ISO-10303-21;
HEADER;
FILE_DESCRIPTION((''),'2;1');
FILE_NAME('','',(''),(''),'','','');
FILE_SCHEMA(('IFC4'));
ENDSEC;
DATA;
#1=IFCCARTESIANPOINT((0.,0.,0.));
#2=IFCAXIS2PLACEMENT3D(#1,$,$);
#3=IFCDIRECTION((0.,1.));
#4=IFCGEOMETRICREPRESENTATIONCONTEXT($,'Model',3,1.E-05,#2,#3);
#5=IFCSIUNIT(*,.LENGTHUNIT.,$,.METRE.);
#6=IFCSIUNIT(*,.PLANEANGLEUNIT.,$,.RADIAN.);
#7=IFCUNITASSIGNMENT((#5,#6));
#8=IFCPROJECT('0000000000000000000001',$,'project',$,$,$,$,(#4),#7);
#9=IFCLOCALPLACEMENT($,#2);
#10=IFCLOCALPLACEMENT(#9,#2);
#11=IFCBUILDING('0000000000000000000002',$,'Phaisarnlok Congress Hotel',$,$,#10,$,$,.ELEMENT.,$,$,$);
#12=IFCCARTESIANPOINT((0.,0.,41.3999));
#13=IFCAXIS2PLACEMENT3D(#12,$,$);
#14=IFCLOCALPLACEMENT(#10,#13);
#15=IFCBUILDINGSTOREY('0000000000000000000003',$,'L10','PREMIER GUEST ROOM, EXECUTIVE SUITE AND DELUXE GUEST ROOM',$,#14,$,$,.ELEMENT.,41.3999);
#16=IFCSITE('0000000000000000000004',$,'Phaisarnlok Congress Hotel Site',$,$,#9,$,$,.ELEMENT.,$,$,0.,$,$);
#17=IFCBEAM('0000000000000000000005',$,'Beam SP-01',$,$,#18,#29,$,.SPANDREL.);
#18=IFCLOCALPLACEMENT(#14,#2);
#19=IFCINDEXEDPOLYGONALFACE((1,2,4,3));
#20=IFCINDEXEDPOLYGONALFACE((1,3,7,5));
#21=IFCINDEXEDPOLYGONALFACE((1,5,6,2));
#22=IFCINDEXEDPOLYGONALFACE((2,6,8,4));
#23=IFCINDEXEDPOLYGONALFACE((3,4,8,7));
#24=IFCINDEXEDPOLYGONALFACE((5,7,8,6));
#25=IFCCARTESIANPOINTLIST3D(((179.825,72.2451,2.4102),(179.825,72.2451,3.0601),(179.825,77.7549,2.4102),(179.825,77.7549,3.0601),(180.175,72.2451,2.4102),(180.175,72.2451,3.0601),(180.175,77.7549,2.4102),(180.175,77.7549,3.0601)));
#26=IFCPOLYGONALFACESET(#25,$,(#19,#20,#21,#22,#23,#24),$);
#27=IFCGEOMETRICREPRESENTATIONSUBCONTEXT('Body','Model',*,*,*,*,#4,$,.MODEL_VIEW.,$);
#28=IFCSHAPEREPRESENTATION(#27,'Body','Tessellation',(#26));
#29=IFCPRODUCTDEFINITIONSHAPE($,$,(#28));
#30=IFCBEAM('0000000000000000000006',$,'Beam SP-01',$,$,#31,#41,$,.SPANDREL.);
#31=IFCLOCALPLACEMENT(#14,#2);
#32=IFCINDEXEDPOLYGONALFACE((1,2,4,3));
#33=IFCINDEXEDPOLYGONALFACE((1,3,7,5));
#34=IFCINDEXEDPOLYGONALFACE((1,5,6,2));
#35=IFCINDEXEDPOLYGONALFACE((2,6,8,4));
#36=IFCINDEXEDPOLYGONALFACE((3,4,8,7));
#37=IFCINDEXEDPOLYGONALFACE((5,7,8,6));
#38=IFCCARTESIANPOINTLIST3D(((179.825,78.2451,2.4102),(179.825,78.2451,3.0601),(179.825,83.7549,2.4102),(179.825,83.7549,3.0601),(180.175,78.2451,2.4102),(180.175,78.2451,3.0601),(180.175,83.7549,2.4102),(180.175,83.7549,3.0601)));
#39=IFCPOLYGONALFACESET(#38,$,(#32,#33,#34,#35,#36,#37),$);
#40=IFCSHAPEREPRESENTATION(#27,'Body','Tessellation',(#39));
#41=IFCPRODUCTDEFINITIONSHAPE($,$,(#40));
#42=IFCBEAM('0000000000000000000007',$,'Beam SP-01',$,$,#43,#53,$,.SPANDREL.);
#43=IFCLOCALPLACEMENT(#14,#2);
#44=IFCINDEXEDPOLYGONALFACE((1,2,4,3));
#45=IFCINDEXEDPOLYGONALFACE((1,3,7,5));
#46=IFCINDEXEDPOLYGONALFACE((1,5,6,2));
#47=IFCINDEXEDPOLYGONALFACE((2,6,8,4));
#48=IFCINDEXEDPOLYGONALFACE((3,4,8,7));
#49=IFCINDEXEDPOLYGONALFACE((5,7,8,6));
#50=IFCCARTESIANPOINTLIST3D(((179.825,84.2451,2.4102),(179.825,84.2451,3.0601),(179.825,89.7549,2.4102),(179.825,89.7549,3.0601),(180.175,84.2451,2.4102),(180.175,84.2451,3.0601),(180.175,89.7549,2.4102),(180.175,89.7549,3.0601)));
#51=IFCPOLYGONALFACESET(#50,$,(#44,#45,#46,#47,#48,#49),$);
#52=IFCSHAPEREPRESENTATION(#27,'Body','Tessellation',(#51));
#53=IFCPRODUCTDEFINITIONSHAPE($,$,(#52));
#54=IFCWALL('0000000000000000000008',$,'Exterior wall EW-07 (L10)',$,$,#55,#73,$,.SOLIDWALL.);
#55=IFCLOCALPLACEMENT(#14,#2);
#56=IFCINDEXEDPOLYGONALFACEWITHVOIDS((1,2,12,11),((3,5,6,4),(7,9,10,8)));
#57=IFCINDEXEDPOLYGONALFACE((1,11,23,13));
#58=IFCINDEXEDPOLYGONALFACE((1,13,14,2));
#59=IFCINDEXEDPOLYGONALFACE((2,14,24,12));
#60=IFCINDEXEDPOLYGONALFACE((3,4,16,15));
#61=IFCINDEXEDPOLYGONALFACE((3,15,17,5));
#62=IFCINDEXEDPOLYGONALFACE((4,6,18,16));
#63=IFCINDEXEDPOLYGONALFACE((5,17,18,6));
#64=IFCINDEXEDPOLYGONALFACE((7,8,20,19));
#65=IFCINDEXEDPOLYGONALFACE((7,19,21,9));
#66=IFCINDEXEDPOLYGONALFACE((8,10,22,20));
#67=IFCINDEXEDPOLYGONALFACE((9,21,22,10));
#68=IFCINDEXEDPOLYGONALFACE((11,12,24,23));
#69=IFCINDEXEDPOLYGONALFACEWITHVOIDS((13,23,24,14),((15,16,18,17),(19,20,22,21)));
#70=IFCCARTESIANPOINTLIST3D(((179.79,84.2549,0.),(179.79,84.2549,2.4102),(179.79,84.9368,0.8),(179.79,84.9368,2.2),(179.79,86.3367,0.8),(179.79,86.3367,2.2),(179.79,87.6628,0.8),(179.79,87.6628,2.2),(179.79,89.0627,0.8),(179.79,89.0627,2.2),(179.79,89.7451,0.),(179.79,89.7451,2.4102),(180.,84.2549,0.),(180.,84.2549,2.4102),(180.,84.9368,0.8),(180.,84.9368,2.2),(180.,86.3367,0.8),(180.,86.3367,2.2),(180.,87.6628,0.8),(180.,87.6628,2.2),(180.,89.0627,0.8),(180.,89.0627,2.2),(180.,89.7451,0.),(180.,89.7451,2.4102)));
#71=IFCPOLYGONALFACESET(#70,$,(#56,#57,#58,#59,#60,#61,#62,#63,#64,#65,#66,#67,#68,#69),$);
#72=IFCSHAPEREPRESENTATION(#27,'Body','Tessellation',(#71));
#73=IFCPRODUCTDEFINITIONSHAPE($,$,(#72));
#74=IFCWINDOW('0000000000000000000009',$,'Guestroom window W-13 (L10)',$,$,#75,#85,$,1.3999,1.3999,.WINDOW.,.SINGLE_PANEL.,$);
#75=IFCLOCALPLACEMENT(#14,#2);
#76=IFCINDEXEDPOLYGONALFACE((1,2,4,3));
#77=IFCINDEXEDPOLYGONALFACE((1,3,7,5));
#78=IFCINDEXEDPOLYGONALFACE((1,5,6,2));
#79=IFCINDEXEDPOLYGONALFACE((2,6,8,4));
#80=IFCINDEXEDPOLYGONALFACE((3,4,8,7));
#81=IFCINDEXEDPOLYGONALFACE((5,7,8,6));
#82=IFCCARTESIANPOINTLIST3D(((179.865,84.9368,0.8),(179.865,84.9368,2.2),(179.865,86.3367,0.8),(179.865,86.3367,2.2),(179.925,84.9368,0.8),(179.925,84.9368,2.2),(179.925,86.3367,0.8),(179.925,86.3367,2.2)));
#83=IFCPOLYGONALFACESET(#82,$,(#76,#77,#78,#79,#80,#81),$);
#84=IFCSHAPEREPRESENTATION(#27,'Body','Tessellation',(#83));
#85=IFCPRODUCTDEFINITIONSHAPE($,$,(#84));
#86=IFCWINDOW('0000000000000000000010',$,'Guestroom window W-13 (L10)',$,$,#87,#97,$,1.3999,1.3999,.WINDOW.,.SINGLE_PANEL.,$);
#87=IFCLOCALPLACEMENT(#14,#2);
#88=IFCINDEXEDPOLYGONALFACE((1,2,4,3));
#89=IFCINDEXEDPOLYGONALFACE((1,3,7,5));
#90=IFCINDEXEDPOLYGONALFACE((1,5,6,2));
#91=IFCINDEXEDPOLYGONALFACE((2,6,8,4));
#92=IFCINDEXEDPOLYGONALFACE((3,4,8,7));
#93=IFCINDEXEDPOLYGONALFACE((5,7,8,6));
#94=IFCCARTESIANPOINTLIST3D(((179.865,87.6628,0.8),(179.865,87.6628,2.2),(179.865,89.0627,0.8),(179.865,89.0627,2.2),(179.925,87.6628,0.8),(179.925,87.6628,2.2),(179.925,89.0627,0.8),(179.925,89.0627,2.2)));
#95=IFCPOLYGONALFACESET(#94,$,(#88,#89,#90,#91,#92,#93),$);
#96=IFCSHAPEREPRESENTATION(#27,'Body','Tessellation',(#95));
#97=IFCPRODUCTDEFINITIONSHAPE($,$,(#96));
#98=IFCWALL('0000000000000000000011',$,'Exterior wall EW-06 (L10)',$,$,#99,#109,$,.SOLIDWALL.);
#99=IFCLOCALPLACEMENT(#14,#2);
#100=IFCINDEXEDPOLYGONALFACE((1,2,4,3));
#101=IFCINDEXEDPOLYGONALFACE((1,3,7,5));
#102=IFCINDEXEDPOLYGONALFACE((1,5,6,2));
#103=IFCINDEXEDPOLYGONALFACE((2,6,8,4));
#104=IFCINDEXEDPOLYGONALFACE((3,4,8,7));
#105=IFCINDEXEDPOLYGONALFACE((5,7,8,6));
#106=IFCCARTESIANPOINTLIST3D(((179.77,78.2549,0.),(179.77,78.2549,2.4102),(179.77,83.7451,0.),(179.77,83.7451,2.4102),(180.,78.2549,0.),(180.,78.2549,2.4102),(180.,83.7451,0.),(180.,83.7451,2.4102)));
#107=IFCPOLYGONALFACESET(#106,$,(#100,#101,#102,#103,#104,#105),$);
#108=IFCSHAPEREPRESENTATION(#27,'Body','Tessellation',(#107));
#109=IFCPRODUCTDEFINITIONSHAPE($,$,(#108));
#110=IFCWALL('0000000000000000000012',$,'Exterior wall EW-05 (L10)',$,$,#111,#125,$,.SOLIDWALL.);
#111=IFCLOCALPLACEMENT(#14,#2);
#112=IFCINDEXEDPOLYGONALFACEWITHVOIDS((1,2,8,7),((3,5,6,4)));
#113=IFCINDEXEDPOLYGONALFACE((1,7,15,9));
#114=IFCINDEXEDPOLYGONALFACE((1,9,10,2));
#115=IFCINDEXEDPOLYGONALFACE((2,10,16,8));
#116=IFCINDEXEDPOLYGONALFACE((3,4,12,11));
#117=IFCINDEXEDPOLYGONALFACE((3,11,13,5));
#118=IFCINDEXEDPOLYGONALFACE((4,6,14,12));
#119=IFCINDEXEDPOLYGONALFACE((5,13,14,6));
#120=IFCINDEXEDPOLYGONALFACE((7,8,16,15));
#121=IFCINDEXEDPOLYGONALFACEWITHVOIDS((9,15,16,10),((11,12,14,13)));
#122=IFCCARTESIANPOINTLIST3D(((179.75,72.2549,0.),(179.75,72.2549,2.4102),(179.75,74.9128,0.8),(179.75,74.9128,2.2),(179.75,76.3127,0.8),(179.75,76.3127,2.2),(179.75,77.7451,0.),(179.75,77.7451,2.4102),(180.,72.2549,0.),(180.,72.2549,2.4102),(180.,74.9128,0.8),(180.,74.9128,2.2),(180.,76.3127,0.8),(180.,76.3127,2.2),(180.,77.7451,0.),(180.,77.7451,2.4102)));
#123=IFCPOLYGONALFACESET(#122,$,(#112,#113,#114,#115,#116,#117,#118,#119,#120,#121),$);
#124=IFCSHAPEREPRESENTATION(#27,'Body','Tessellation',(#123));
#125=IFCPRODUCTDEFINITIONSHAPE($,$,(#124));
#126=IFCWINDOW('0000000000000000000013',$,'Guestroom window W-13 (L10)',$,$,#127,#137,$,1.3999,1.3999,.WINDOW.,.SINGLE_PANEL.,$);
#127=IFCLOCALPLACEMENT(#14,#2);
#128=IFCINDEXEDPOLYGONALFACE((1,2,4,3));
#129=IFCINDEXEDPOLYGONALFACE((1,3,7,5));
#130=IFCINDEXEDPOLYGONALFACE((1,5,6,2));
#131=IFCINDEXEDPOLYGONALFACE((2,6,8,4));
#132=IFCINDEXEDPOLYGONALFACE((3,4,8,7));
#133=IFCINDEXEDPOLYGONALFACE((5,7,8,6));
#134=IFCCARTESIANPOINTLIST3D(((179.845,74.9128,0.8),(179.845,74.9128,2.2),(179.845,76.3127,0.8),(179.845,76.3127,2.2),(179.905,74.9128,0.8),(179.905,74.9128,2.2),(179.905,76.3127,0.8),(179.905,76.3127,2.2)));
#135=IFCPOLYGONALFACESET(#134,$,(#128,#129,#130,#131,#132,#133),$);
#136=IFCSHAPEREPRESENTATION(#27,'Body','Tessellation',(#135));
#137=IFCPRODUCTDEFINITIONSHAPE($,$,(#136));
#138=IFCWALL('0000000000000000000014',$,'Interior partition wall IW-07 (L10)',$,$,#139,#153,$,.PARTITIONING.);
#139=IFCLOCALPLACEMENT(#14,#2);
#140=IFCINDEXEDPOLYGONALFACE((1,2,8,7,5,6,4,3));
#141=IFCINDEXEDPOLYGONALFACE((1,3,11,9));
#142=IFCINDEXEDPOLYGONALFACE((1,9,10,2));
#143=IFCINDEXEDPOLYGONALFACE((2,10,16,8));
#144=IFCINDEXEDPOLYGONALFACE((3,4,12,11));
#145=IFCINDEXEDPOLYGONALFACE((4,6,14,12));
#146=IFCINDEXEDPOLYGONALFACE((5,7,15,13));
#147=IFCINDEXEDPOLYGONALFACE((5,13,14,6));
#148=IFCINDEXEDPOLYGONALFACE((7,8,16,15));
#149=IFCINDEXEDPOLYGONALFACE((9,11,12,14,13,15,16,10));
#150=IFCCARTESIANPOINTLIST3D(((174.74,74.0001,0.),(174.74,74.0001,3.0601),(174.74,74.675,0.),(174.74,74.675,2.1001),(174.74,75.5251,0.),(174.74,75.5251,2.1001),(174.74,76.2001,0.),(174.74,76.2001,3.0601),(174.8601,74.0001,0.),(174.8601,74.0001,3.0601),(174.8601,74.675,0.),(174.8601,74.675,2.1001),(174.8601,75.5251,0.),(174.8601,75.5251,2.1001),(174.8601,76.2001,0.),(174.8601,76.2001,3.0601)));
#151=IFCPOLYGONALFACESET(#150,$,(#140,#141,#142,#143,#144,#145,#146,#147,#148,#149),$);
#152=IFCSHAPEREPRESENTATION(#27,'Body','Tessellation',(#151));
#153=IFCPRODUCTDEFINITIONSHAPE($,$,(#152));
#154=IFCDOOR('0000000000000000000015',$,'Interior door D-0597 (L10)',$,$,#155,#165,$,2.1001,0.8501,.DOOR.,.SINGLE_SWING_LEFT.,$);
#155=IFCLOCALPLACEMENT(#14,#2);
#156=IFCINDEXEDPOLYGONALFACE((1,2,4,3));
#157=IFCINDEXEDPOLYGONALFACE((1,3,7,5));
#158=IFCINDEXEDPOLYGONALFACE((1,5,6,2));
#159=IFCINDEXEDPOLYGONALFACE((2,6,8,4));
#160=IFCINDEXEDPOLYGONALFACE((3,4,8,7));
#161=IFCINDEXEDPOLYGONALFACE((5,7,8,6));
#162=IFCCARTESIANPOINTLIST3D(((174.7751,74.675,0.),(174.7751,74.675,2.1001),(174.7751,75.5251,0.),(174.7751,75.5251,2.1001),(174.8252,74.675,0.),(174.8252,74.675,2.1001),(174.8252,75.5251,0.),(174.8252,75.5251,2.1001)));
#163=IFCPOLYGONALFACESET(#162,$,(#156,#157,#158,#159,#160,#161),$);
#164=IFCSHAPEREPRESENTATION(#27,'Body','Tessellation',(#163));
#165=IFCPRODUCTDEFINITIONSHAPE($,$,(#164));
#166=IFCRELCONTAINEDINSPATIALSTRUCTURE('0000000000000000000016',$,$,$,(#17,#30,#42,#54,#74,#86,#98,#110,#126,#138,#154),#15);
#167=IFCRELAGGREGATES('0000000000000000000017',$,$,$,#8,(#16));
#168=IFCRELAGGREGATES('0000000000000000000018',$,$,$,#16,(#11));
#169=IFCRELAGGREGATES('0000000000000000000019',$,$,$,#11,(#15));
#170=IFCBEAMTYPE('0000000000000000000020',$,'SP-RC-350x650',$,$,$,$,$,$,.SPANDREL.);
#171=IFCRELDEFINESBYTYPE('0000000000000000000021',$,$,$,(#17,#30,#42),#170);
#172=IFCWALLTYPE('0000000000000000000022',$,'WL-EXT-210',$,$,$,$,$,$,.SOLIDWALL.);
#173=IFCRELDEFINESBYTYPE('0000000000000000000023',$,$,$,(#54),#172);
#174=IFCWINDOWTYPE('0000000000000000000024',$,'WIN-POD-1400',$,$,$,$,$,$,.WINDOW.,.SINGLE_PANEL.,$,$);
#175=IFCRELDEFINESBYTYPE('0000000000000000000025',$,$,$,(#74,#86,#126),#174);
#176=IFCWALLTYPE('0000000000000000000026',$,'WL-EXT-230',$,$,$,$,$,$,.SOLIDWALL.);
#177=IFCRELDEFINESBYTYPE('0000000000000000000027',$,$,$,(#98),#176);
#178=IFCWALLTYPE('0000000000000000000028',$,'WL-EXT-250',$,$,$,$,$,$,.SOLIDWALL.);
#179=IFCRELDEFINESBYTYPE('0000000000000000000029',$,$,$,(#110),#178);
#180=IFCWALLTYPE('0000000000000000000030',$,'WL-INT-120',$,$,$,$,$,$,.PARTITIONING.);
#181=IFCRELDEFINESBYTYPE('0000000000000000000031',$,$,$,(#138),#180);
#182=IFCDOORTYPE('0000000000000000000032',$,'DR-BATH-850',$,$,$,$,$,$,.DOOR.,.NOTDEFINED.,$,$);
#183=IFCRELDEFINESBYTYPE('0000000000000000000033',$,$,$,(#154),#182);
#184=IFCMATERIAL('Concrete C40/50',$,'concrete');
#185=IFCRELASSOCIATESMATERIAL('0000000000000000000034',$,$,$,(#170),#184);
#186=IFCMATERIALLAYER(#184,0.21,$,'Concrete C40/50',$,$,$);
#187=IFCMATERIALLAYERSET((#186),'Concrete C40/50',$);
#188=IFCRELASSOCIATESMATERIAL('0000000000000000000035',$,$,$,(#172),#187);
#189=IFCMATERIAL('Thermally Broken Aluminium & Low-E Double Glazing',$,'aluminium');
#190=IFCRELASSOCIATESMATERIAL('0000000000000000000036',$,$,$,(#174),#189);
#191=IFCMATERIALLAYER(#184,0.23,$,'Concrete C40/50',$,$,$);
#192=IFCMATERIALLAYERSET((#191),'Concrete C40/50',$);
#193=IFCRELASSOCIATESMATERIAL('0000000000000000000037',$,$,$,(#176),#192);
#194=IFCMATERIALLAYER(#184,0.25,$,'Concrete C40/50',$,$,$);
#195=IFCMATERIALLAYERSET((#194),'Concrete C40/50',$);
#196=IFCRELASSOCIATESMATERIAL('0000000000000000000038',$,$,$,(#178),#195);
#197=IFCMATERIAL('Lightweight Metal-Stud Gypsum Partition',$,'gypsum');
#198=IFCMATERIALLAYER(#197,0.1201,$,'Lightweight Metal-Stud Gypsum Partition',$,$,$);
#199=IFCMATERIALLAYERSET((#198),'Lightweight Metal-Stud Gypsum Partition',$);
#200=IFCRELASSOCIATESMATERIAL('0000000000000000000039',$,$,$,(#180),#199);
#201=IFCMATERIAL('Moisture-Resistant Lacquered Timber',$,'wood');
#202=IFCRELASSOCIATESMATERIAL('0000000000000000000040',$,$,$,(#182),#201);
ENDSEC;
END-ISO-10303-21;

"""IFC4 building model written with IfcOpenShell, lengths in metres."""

from ifc_helpers import new_model, si_unit, direction, frame, frame_2d, origin, origin_2d, place, context, subcontext, project, spatial, rectangle, extrude, material, layer, layer_set, material_profile, profile_set, type_object, element, fill, save


model = new_model("IFC4")

# Units and contexts
model_context = context("Model", 3, precision=1e-05, world=origin(), true_north=direction((0.0, 1.0)))
body_context = subcontext(model_context, "Body", "Model", "MODEL_VIEW")
ifc_project = project(units=[si_unit("LENGTHUNIT", "METRE"), si_unit("PLANEANGLEUNIT", "RADIAN")], contexts=[model_context])

# Site, building, storey
site_placement = place(None, origin())
site = spatial("IfcSite", under=ifc_project, at=site_placement, Name="Phaisarnlok Congress Hotel Site", CompositionType="ELEMENT", RefElevation=0.0)
building_placement = place(site_placement, origin())
building = spatial("IfcBuilding", under=site, at=building_placement, Name="Phaisarnlok Congress Hotel", CompositionType="ELEMENT")
storey_placement = place(building_placement, frame((0.0, 0.0, 41.3999)))
storey = spatial("IfcBuildingStorey", under=building, at=storey_placement, Name="L10", Description="PREMIER GUEST ROOM, EXECUTIVE SUITE AND DELUXE GUEST ROOM", CompositionType="ELEMENT", Elevation=41.3999)

# Beams
ifc_material_1 = material(Name="Concrete C40/50", Category="concrete")
ifc_material_profile_1 = material_profile(ifc_material_1, rectangle(XDim=0.3501, YDim=0.6499, at=origin_2d()), Name="RC 350x650")
ifc_profile_set_1 = profile_set([ifc_material_profile_1], Name="Concrete C40/50")
beam_type_1 = type_object("IfcBeamType", Name="SP-RC-350x650", PredefinedType="SPANDREL", material=ifc_profile_set_1)
for number, where, z_axis, x_axis, name in (
    (1, (180.0, 72.2451, 2.7351), (0.0, 1.0, 0.0), (-1.0, 0.0, 0.0), "Beam SP-01"),
    (2, (180.0, 78.2451, 2.7351), (0.0, 1.0, 0.0), (-1.0, 0.0, 0.0), "Beam SP-01"),
    (3, (180.0, 84.2451, 2.7351), (0.0, 1.0, 0.0), (-1.0, 0.0, 0.0), "Beam SP-01"),
):
    element("IfcBeam", number, at=place(storey_placement, frame(where, z_axis=z_axis, x_axis=x_axis)), inside=storey, type_object=beam_type_1, Name=name, PredefinedType="SPANDREL", context=body_context, shape_type="SweptSolid", body=[
        extrude(rectangle(XDim=0.3501, YDim=0.6499, at=origin_2d()), origin(), (0.0, 0.0, 1.0), 5.5098),
    ])

# Wall, openings, windows
ifc_layer_1 = layer(ifc_material_1, 0.21, Name="Concrete C40/50")
ifc_layer_set_1 = layer_set([ifc_layer_1], Name="Concrete C40/50")
wall_type_1 = type_object("IfcWallType", Name="WL-EXT-210", PredefinedType="SOLIDWALL", material=ifc_layer_set_1)
wall_1_placement = place(storey_placement, frame((179.895, 84.2549, 0.0), z_axis=(0.0, 0.0, 1.0), x_axis=(0.0, 1.0, 0.0)))
wall_1 = element("IfcWall", 4, at=wall_1_placement, inside=storey, type_object=wall_type_1, Name="Exterior wall EW-07 (L10)", PredefinedType="SOLIDWALL", context=body_context, shape_type="SweptSolid", body=[
    extrude(rectangle(XDim=5.4902, YDim=0.21, at=frame_2d((2.7451, 0.0))), origin(), (0.0, 0.0, 1.0), 2.4102),
])
opening_1_placement = place(wall_1_placement, frame((0.6819, 0.0, 0.8)))
opening_1 = element("IfcOpeningElement", 5, at=opening_1_placement, cuts=wall_1, PredefinedType="OPENING", context=body_context, shape_type="SweptSolid", body=[
    extrude(rectangle(XDim=1.3999, YDim=1.3999, at=frame_2d((0.7, 0.7))), frame((0.0, 0.115, 0.0), z_axis=(0.0, -1.0, 0.0), x_axis=(1.0, 0.0, 0.0)), (0.0, 0.0, 1.0), 0.23),
])
opening_2_placement = place(wall_1_placement, frame((3.408, 0.0, 0.8)))
opening_2 = element("IfcOpeningElement", 6, at=opening_2_placement, cuts=wall_1, PredefinedType="OPENING", context=body_context, shape_type="SweptSolid", body=[
    extrude(rectangle(XDim=1.3999, YDim=1.3999, at=frame_2d((0.7, 0.7))), frame((0.0, 0.115, 0.0), z_axis=(0.0, -1.0, 0.0), x_axis=(1.0, 0.0, 0.0)), (0.0, 0.0, 1.0), 0.23),
])
ifc_material_2 = material(Name="Thermally Broken Aluminium & Low-E Double Glazing", Category="aluminium")
window_type = type_object("IfcWindowType", Name="WIN-POD-1400", PartitioningType="SINGLE_PANEL", PredefinedType="WINDOW", material=ifc_material_2)
window_1_placement = place(opening_1_placement, origin())
window_1 = element("IfcWindow", 7, at=window_1_placement, inside=storey, type_object=window_type, Name="Guestroom window W-13 (L10)", OverallHeight=1.3999, OverallWidth=1.3999, PartitioningType="SINGLE_PANEL", PredefinedType="WINDOW", context=body_context, shape_type="SweptSolid", body=[
    extrude(rectangle(XDim=1.3999, YDim=1.3999, at=frame_2d((0.7, 0.7))), frame((0.0, 0.03, 0.0), z_axis=(0.0, -1.0, 0.0), x_axis=(1.0, 0.0, 0.0)), (0.0, 0.0, 1.0), 0.0601),
])
fill(opening_1, window_1)
window_2_placement = place(opening_2_placement, origin())
window_2 = element("IfcWindow", 8, at=window_2_placement, inside=storey, type_object=window_type, Name="Guestroom window W-13 (L10)", OverallHeight=1.3999, OverallWidth=1.3999, PartitioningType="SINGLE_PANEL", PredefinedType="WINDOW", context=body_context, shape_type="SweptSolid", body=[
    extrude(rectangle(XDim=1.3999, YDim=1.3999, at=frame_2d((0.7, 0.7))), frame((0.0, 0.03, 0.0), z_axis=(0.0, -1.0, 0.0), x_axis=(1.0, 0.0, 0.0)), (0.0, 0.0, 1.0), 0.0601),
])
fill(opening_2, window_2)

# Wall
ifc_layer_2 = layer(ifc_material_1, 0.23, Name="Concrete C40/50")
ifc_layer_set_2 = layer_set([ifc_layer_2], Name="Concrete C40/50")
wall_type_2 = type_object("IfcWallType", Name="WL-EXT-230", PredefinedType="SOLIDWALL", material=ifc_layer_set_2)
wall_2_placement = place(storey_placement, frame((179.885, 78.2549, 0.0), z_axis=(0.0, 0.0, 1.0), x_axis=(0.0, 1.0, 0.0)))
element("IfcWall", 9, at=wall_2_placement, inside=storey, type_object=wall_type_2, Name="Exterior wall EW-06 (L10)", PredefinedType="SOLIDWALL", context=body_context, shape_type="SweptSolid", body=[
    extrude(rectangle(XDim=5.4902, YDim=0.23, at=frame_2d((2.7451, 0.0))), origin(), (0.0, 0.0, 1.0), 2.4102),
])

# Wall, opening, window
ifc_layer_3 = layer(ifc_material_1, 0.25, Name="Concrete C40/50")
ifc_layer_set_3 = layer_set([ifc_layer_3], Name="Concrete C40/50")
wall_type_3 = type_object("IfcWallType", Name="WL-EXT-250", PredefinedType="SOLIDWALL", material=ifc_layer_set_3)
wall_3_placement = place(storey_placement, frame((179.875, 72.2549, 0.0), z_axis=(0.0, 0.0, 1.0), x_axis=(0.0, 1.0, 0.0)))
wall_3 = element("IfcWall", 10, at=wall_3_placement, inside=storey, type_object=wall_type_3, Name="Exterior wall EW-05 (L10)", PredefinedType="SOLIDWALL", context=body_context, shape_type="SweptSolid", body=[
    extrude(rectangle(XDim=5.4902, YDim=0.25, at=frame_2d((2.7451, 0.0))), origin(), (0.0, 0.0, 1.0), 2.4102),
])
opening_3_placement = place(wall_3_placement, frame((2.658, 0.0, 0.8)))
opening_3 = element("IfcOpeningElement", 11, at=opening_3_placement, cuts=wall_3, PredefinedType="OPENING", context=body_context, shape_type="SweptSolid", body=[
    extrude(rectangle(XDim=1.3999, YDim=1.3999, at=frame_2d((0.7, 0.7))), frame((0.0, 0.135, 0.0), z_axis=(0.0, -1.0, 0.0), x_axis=(1.0, 0.0, 0.0)), (0.0, 0.0, 1.0), 0.27),
])
window_3_placement = place(opening_3_placement, origin())
window_3 = element("IfcWindow", 12, at=window_3_placement, inside=storey, type_object=window_type, Name="Guestroom window W-13 (L10)", OverallHeight=1.3999, OverallWidth=1.3999, PartitioningType="SINGLE_PANEL", PredefinedType="WINDOW", context=body_context, shape_type="SweptSolid", body=[
    extrude(rectangle(XDim=1.3999, YDim=1.3999, at=frame_2d((0.7, 0.7))), frame((0.0, 0.03, 0.0), z_axis=(0.0, -1.0, 0.0), x_axis=(1.0, 0.0, 0.0)), (0.0, 0.0, 1.0), 0.0601),
])
fill(opening_3, window_3)

# Wall, opening, door
ifc_material_3 = material(Name="Lightweight Metal-Stud Gypsum Partition", Category="gypsum")
ifc_layer_4 = layer(ifc_material_3, 0.1201, Name="Lightweight Metal-Stud Gypsum Partition")
ifc_layer_set_4 = layer_set([ifc_layer_4], Name="Lightweight Metal-Stud Gypsum Partition")
wall_type_4 = type_object("IfcWallType", Name="WL-INT-120", PredefinedType="PARTITIONING", material=ifc_layer_set_4)
wall_4_placement = place(storey_placement, frame((174.8, 74.0, 0.0), z_axis=(0.0, 0.0, 1.0), x_axis=(0.0, 1.0, 0.0)))
wall_4 = element("IfcWall", 13, at=wall_4_placement, inside=storey, type_object=wall_type_4, Name="Interior partition wall IW-07 (L10)", PredefinedType="PARTITIONING", context=body_context, shape_type="SweptSolid", body=[
    extrude(rectangle(XDim=2.2, YDim=0.1201, at=frame_2d((1.1001, 0.0))), origin(), (0.0, 0.0, 1.0), 3.0601),
])
opening_4_placement = place(wall_4_placement, frame((0.675, 0.0, 0.0)))
opening_4 = element("IfcOpeningElement", 14, at=opening_4_placement, cuts=wall_4, PredefinedType="OPENING", context=body_context, shape_type="SweptSolid", body=[
    extrude(rectangle(XDim=0.8501, YDim=2.1001, at=frame_2d((0.425, 1.05))), frame((0.0, 0.0701, 0.0), z_axis=(0.0, -1.0, 0.0), x_axis=(1.0, 0.0, 0.0)), (0.0, 0.0, 1.0), 0.1401),
])
ifc_material_4 = material(Name="Moisture-Resistant Lacquered Timber", Category="wood")
door_type = type_object("IfcDoorType", Name="DR-BATH-850", OperationType="NOTDEFINED", PredefinedType="DOOR", material=ifc_material_4)
door_placement = place(opening_4_placement, origin())
door = element("IfcDoor", 15, at=door_placement, inside=storey, type_object=door_type, Name="Interior door D-0597 (L10)", OperationType="SINGLE_SWING_LEFT", OverallHeight=2.1001, OverallWidth=0.8501, PredefinedType="DOOR", context=body_context, shape_type="SweptSolid", body=[
    extrude(rectangle(XDim=0.8501, YDim=2.1001, at=frame_2d((0.425, 1.05))), frame((0.0, 0.0249, 0.0), z_axis=(0.0, -1.0, 0.0), x_axis=(1.0, 0.0, 0.0)), (0.0, 0.0, 1.0), 0.05),
])
fill(opening_4, door)

save(model, "model.ifc")
